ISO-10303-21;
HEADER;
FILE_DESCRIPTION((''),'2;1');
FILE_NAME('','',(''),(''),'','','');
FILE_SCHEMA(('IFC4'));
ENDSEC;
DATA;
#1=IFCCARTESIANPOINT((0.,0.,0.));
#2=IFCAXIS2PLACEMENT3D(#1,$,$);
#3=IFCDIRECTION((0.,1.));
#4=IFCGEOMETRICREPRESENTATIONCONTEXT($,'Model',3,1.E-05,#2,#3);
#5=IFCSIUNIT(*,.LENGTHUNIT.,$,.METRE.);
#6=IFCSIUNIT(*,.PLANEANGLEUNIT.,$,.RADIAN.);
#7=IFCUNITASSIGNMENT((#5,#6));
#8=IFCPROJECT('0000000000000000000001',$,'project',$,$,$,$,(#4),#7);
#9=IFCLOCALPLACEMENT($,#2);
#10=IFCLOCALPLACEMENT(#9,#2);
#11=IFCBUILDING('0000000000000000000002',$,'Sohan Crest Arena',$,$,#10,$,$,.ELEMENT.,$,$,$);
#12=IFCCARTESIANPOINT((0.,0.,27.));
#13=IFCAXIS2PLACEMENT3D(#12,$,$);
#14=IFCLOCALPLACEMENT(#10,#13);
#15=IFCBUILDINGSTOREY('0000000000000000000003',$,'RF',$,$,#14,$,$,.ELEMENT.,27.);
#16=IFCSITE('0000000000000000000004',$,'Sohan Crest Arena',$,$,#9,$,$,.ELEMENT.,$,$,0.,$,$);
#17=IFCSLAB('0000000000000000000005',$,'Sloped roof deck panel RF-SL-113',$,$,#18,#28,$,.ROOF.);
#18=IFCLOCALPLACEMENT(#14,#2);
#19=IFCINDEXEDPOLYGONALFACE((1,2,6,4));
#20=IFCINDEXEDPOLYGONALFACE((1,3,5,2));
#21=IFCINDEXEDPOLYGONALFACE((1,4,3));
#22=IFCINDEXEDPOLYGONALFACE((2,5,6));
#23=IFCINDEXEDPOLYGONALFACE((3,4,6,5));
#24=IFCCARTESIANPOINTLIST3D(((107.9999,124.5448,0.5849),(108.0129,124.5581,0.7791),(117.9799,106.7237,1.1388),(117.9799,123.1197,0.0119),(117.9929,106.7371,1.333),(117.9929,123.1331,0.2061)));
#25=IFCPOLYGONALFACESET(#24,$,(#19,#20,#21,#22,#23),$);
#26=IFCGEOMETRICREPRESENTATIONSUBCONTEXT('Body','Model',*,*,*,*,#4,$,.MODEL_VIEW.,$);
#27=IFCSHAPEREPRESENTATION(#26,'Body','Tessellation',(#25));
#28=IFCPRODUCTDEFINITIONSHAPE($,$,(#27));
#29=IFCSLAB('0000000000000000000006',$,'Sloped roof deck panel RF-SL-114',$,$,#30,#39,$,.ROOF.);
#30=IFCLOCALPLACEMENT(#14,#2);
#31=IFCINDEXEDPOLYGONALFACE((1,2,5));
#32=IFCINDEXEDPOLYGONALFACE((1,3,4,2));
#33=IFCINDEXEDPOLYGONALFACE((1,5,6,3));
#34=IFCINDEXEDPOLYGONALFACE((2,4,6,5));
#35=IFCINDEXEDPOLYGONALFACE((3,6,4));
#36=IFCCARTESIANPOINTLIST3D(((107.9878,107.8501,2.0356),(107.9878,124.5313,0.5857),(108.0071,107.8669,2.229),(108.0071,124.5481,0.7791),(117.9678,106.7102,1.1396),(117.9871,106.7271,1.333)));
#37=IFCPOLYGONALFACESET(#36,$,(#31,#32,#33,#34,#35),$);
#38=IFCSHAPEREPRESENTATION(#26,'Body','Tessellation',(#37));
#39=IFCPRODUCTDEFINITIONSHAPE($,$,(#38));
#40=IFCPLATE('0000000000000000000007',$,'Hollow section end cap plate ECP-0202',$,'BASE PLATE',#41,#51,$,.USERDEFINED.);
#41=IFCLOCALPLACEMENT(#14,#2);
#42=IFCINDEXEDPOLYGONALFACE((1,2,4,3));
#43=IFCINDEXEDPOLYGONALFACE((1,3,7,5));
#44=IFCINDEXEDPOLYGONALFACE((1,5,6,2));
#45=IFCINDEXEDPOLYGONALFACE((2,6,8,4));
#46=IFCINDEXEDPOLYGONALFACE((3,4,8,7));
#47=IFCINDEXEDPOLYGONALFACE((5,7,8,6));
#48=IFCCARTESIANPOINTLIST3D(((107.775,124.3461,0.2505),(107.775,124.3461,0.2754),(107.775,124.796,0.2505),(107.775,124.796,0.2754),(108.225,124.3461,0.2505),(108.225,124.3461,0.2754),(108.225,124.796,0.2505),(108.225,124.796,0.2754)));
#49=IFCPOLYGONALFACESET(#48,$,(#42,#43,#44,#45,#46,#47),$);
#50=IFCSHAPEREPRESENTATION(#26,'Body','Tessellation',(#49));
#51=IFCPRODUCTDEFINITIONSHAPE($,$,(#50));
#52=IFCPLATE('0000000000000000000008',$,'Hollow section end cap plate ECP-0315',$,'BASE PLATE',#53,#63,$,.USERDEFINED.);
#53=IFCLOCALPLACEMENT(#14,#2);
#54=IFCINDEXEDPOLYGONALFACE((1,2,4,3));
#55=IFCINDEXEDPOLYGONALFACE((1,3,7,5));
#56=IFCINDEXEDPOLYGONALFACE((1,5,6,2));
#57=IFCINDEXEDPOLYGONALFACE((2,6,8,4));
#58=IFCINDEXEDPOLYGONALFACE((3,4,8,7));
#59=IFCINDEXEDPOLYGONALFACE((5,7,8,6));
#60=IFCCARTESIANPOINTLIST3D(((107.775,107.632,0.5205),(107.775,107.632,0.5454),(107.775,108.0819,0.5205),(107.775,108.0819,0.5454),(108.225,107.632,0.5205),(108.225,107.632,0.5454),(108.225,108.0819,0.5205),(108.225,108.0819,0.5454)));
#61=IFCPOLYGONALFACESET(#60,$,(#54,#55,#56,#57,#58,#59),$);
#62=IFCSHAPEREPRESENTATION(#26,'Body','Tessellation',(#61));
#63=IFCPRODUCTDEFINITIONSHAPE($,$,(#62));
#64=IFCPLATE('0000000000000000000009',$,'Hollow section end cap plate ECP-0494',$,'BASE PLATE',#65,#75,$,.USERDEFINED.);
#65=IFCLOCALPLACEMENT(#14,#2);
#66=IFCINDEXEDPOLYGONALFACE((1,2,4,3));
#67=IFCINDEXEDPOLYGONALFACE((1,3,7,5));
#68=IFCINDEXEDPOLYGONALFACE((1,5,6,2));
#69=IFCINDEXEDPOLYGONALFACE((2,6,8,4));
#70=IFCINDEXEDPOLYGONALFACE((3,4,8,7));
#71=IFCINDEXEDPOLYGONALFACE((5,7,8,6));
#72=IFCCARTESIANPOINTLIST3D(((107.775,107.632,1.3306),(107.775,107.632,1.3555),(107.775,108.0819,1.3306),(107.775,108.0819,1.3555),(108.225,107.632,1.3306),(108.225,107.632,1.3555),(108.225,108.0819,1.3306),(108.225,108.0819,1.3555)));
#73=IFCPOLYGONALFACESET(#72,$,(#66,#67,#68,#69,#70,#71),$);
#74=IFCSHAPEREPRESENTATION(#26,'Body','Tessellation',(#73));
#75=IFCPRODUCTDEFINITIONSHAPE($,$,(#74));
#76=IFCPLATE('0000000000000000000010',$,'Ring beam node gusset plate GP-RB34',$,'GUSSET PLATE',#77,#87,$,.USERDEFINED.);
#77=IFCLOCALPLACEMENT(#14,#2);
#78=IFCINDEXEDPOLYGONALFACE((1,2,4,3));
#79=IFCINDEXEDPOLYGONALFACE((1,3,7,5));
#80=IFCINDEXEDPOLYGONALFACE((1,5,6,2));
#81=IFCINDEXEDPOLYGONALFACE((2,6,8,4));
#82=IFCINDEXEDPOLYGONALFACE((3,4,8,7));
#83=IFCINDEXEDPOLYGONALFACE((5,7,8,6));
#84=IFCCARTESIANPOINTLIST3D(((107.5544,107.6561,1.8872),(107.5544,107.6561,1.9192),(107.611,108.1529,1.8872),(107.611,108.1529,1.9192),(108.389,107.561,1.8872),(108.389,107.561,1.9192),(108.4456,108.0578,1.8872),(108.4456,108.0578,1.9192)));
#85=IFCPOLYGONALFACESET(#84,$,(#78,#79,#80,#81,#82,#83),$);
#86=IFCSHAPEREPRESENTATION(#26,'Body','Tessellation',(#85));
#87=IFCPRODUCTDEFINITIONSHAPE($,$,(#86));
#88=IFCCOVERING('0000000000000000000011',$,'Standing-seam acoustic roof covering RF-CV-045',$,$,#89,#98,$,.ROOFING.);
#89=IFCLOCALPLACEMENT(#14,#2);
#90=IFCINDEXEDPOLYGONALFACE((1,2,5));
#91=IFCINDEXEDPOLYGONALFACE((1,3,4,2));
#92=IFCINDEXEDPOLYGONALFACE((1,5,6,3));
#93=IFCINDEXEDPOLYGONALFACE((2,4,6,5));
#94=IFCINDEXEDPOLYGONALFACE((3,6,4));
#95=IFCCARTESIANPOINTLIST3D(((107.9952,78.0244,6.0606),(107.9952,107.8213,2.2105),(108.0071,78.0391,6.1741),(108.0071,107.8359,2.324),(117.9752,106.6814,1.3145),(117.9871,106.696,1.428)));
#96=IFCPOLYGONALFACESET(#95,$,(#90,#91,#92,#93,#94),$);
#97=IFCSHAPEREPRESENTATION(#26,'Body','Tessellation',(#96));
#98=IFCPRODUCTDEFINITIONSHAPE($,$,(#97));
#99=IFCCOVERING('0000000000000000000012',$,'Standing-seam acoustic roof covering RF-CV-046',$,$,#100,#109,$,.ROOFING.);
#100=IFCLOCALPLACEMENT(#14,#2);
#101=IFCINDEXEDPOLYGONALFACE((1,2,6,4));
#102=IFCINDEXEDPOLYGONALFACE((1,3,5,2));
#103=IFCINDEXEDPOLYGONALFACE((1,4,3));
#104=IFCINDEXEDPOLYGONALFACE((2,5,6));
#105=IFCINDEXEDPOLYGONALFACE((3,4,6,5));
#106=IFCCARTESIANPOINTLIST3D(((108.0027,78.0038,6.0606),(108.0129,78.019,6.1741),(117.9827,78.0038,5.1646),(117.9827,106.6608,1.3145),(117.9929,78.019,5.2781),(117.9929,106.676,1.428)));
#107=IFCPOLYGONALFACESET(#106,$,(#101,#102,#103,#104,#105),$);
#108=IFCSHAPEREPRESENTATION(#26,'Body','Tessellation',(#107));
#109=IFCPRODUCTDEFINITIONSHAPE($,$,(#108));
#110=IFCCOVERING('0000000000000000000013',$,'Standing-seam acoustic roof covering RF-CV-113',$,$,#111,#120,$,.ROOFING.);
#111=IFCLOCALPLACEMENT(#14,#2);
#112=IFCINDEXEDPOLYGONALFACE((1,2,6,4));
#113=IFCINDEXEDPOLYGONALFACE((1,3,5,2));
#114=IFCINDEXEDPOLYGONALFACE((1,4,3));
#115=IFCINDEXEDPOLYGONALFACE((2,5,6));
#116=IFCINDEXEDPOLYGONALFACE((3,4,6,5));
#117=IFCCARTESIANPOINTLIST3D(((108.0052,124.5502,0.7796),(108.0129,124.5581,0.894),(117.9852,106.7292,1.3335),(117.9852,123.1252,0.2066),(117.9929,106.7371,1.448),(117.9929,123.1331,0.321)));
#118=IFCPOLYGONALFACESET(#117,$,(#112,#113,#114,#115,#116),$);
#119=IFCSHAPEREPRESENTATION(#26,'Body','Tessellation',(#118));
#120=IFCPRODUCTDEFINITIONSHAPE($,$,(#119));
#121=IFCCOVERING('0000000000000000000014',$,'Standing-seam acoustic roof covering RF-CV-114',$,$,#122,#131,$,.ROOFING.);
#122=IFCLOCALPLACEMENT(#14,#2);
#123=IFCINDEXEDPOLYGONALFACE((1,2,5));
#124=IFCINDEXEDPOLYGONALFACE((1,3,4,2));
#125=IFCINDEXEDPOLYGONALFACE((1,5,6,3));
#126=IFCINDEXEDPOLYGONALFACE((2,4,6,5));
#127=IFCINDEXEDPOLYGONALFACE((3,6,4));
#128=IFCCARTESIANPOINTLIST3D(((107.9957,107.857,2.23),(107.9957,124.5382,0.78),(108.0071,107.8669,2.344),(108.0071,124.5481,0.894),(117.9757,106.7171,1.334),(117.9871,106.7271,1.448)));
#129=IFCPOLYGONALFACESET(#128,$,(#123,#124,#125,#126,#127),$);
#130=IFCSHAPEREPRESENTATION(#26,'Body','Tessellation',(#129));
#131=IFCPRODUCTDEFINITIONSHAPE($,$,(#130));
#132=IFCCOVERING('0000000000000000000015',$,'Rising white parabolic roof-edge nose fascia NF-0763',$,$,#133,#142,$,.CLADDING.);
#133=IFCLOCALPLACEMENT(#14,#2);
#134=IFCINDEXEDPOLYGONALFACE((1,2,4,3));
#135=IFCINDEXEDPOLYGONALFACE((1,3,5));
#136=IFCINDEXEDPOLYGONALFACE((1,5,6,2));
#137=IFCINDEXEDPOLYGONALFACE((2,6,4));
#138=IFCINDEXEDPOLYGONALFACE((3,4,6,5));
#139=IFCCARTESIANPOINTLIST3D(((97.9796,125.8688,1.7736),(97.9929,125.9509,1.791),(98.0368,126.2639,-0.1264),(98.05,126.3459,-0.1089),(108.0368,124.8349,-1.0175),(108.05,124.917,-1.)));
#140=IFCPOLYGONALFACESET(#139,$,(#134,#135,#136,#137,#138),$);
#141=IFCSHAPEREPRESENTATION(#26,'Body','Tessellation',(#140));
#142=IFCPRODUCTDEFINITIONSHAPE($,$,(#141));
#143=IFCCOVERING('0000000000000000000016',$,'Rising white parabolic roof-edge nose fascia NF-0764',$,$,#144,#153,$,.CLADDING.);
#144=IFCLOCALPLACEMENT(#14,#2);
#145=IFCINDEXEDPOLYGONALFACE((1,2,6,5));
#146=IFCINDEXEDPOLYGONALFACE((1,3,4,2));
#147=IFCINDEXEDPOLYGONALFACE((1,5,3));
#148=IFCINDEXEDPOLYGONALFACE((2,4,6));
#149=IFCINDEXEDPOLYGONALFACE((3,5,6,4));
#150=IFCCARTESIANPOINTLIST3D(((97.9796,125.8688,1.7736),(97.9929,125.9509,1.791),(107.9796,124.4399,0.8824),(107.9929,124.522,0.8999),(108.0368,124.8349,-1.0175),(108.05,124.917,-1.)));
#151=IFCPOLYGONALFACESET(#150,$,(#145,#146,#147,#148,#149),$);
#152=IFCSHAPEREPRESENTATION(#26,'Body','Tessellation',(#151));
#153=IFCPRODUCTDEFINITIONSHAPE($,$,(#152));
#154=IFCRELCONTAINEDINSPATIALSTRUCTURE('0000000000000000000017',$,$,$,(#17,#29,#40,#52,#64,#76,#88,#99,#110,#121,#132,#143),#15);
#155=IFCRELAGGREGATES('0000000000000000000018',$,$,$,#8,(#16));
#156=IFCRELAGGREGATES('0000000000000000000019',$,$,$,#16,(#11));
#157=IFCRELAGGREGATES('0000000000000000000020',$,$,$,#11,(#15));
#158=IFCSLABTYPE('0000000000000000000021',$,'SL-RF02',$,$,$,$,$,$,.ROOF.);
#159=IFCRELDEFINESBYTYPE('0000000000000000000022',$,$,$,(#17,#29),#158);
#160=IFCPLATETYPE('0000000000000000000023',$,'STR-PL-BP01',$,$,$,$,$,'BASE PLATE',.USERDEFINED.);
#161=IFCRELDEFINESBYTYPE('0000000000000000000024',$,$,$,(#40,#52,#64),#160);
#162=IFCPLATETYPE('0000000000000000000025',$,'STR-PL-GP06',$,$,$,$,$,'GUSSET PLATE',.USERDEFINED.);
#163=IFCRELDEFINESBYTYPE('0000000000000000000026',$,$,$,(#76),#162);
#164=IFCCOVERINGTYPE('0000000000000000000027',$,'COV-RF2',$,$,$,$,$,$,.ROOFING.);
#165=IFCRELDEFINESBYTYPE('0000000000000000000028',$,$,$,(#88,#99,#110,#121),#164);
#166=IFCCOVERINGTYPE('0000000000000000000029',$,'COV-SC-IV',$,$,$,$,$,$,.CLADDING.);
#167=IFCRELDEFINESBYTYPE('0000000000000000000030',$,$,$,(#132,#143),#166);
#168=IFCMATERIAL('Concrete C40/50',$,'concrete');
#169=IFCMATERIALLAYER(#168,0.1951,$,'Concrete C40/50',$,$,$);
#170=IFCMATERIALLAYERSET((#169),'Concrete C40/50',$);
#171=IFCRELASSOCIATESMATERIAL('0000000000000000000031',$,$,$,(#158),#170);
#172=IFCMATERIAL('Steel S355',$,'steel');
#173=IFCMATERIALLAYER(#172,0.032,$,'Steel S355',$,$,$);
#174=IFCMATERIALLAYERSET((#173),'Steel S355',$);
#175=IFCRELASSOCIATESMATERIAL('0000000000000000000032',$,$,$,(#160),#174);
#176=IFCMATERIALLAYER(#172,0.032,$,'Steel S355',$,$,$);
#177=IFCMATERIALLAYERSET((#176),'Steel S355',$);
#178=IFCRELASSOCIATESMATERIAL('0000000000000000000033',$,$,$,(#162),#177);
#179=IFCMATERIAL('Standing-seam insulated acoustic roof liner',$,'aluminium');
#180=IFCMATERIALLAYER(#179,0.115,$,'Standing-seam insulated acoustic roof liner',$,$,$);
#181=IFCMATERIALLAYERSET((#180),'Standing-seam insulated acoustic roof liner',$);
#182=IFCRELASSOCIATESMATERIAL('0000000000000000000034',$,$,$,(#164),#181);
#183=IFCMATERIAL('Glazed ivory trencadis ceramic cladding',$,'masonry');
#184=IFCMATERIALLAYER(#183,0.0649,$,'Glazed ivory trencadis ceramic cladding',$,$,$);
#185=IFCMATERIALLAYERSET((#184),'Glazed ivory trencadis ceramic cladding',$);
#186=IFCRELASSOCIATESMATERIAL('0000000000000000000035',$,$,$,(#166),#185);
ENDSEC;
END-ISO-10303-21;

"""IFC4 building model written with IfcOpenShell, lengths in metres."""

from ifc_helpers import new_model, si_unit, direction, frame, origin, origin_2d, place, context, subcontext, project, spatial, polyline, rectangle, outline, extrude, material, layer, layer_set, type_object, element, save


model = new_model("IFC4")

# Units and contexts
model_context = context("Model", 3, precision=1e-05, world=origin(), true_north=direction((0.0, 1.0)))
body_context = subcontext(model_context, "Body", "Model", "MODEL_VIEW")
ifc_project = project(units=[si_unit("LENGTHUNIT", "METRE"), si_unit("PLANEANGLEUNIT", "RADIAN")], contexts=[model_context])

# Site, building, storey
site_placement = place(None, origin())
site = spatial("IfcSite", under=ifc_project, at=site_placement, Name="Sohan Crest Arena", CompositionType="ELEMENT", RefElevation=0.0)
building_placement = place(site_placement, origin())
building = spatial("IfcBuilding", under=site, at=building_placement, Name="Sohan Crest Arena", CompositionType="ELEMENT")
storey_placement = place(building_placement, frame((0.0, 0.0, 27.0)))
storey = spatial("IfcBuildingStorey", under=building, at=storey_placement, Name="RF", CompositionType="ELEMENT", Elevation=27.0)

# Shared definitions
ifc_material_1 = material(Name="Concrete C40/50", Category="concrete")
ifc_material_2 = material(Name="Steel S355", Category="steel")

# Slabs
ifc_layer_1 = layer(ifc_material_1, 0.1951, Name="Concrete C40/50")
ifc_layer_set_1 = layer_set([ifc_layer_1], Name="Concrete C40/50")
slab_type_1 = type_object("IfcSlabType", Name="SL-RF02", PredefinedType="ROOF", material=ifc_layer_set_1)
slab_1_placement = place(storey_placement, frame((117.9929, 106.7371, 1.333), z_axis=(0.066921, 0.068418, 0.99541), x_axis=(0.0, 0.997646, -0.068572)))
element("IfcSlab", 1, at=slab_1_placement, inside=storey, type_object=slab_type_1, Name="Sloped roof deck panel RF-SL-113", PredefinedType="ROOF", context=body_context, shape_type="SweptSolid", body=[
    extrude(outline(polyline([(0.0, 0.0), (16.4347, 0.0), (17.8171, 10.0024), (0.0, 0.0)])), origin(), (0.0, 0.0, -1.0), 0.1951),
])
slab_2_placement = place(storey_placement, frame((117.9871, 106.7271, 1.333), z_axis=(0.098846, 0.086171, 0.991365), x_axis=(-0.488431, 0.872181, -0.027111)))
element("IfcSlab", 2, at=slab_2_placement, inside=storey, type_object=slab_type_1, Name="Sloped roof deck panel RF-SL-114", PredefinedType="ROOF", context=body_context, shape_type="SweptSolid", body=[
    extrude(outline(polyline([(0.0, 0.0), (20.4327, 0.0), (5.8444, 8.2186), (0.0, 0.0)])), origin(), (0.0, 0.0, -1.0), 0.1951),
])

# Plates
ifc_layer_2 = layer(ifc_material_2, 0.032, Name="Steel S355")
ifc_layer_set_2 = layer_set([ifc_layer_2], Name="Steel S355")
plate_type_1 = type_object("IfcPlateType", Name="STR-PL-BP01", ElementType="BASE PLATE", PredefinedType="USERDEFINED", material=ifc_layer_set_2)
for number, where, z_axis, x_axis, name in (
    (3, (108.0, 124.571, 0.2505), (0.0, 0.0, 1.0), (1.0, 0.0, 0.0), "Hollow section end cap plate ECP-0202"),
    (4, (108.0, 107.8569, 0.5205), (0.0, 0.0, 1.0), (1.0, 0.0, 0.0), "Hollow section end cap plate ECP-0315"),
    (5, (108.0, 107.8569, 1.3306), (0.0, 0.0, 1.0), (1.0, 0.0, 0.0), "Hollow section end cap plate ECP-0494"),
):
    element("IfcPlate", number, at=place(storey_placement, frame(where, z_axis=z_axis, x_axis=x_axis)), inside=storey, type_object=plate_type_1, Name=name, ObjectType="BASE PLATE", PredefinedType="USERDEFINED", context=body_context, shape_type="SweptSolid", body=[
        extrude(rectangle(XDim=0.45, YDim=0.45, at=origin_2d()), origin(), (0.0, 0.0, 1.0), 0.0249),
    ])
ifc_layer_3 = layer(ifc_material_2, 0.032, Name="Steel S355")
ifc_layer_set_3 = layer_set([ifc_layer_3], Name="Steel S355")
plate_type_2 = type_object("IfcPlateType", Name="STR-PL-GP06", ElementType="GUSSET PLATE", PredefinedType="USERDEFINED", material=ifc_layer_set_3)
plate_placement = place(storey_placement, frame((108.0, 107.8569, 1.8872), z_axis=(0.0, 0.0, 1.0), x_axis=(-0.993572, 0.113203, 0.0)))
element("IfcPlate", 6, at=plate_placement, inside=storey, type_object=plate_type_2, Name="Ring beam node gusset plate GP-RB34", ObjectType="GUSSET PLATE", PredefinedType="USERDEFINED", context=body_context, shape_type="SweptSolid", body=[
    extrude(rectangle(XDim=0.8401, YDim=0.5, at=origin_2d()), origin(), (0.0, 0.0, 1.0), 0.032),
])

# Coverings
ifc_material_3 = material(Name="Standing-seam insulated acoustic roof liner", Category="aluminium")
ifc_layer_4 = layer(ifc_material_3, 0.115, Name="Standing-seam insulated acoustic roof liner")
ifc_layer_set_4 = layer_set([ifc_layer_4], Name="Standing-seam insulated acoustic roof liner")
covering_type_1 = type_object("IfcCoveringType", Name="COV-RF2", PredefinedType="ROOFING", material=ifc_layer_set_4)
covering_1_placement = place(storey_placement, frame((117.9871, 106.696, 1.428), z_axis=(0.103123, 0.127463, 0.986468), x_axis=(-0.989611, 0.113031, 0.088847)))
element("IfcCovering", 7, at=covering_1_placement, inside=storey, type_object=covering_type_1, Name="Standing-seam acoustic roof covering RF-CV-045", PredefinedType="ROOFING", context=body_context, shape_type="SweptSolid", body=[
    extrude(outline(polyline([(0.0, 0.0), (10.0847, 0.0), (7.0588, 29.8918), (0.0, 0.0)])), origin(), (0.0, 0.0, -1.0), 0.115),
])
covering_2_placement = place(storey_placement, frame((117.9929, 106.676, 1.428), z_axis=(0.08863, 0.132631, 0.987195), x_axis=(-0.324933, -0.933028, 0.154526)))
element("IfcCovering", 8, at=covering_2_placement, inside=storey, type_object=covering_type_1, Name="Standing-seam acoustic roof covering RF-CV-046", PredefinedType="ROOFING", context=body_context, shape_type="SweptSolid", body=[
    extrude(outline(polyline([(0.0, 0.0), (30.714, 0.0), (27.3327, 9.4324), (0.0, 0.0)])), origin(), (0.0, 0.0, -1.0), 0.115),
])
covering_3_placement = place(storey_placement, frame((117.9929, 106.7371, 1.448), z_axis=(0.066921, 0.068418, 0.99541), x_axis=(0.0, 0.997646, -0.068572)))
element("IfcCovering", 9, at=covering_3_placement, inside=storey, type_object=covering_type_1, Name="Standing-seam acoustic roof covering RF-CV-113", PredefinedType="ROOFING", context=body_context, shape_type="SweptSolid", body=[
    extrude(outline(polyline([(0.0, 0.0), (16.4347, 0.0), (17.8171, 10.0024), (0.0, 0.0)])), origin(), (0.0, 0.0, -1.0), 0.115),
])
covering_4_placement = place(storey_placement, frame((117.9871, 106.7271, 1.448), z_axis=(0.098846, 0.086171, 0.991365), x_axis=(-0.488431, 0.872181, -0.027111)))
element("IfcCovering", 10, at=covering_4_placement, inside=storey, type_object=covering_type_1, Name="Standing-seam acoustic roof covering RF-CV-114", PredefinedType="ROOFING", context=body_context, shape_type="SweptSolid", body=[
    extrude(outline(polyline([(0.0, 0.0), (20.4327, 0.0), (5.8444, 8.2186), (0.0, 0.0)])), origin(), (0.0, 0.0, -1.0), 0.115),
])
ifc_material_4 = material(Name="Glazed ivory trencadis ceramic cladding", Category="masonry")
ifc_layer_5 = layer(ifc_material_4, 0.0649, Name="Glazed ivory trencadis ceramic cladding")
ifc_layer_set_5 = layer_set([ifc_layer_5], Name="Glazed ivory trencadis ceramic cladding")
covering_type_2 = type_object("IfcCoveringType", Name="COV-SC-IV", PredefinedType="CLADDING", material=ifc_layer_set_5)
covering_5_placement = place(storey_placement, frame((108.05, 124.917, -1.0), z_axis=(0.156365, 0.966071, 0.205563), x_axis=(-0.986115, 0.140911, 0.087874)))
element("IfcCovering", 11, at=covering_5_placement, inside=storey, type_object=covering_type_2, Name="Rising white parabolic roof-edge nose fascia NF-0763", PredefinedType="CLADDING", context=body_context, shape_type="SweptSolid", body=[
    extrude(outline(polyline([(0.0, 0.0), (10.1408, 0.0), (10.3084, 1.9341), (0.0, 0.0)])), origin(), (0.0, 0.0, -1.0), 0.085),
])
covering_6_placement = place(storey_placement, frame((108.05, 124.917, -1.0), z_axis=(0.156365, 0.966071, 0.205563), x_axis=(-0.958889, 0.09858, 0.266107)))
element("IfcCovering", 12, at=covering_6_placement, inside=storey, type_object=covering_type_2, Name="Rising white parabolic roof-edge nose fascia NF-0764", PredefinedType="CLADDING", context=body_context, shape_type="SweptSolid", body=[
    extrude(outline(polyline([(0.0, 0.0), (10.4883, 0.0), (0.5214, 1.87), (0.0, 0.0)])), origin(), (0.0, 0.0, -1.0), 0.085),
])

save(model, "model.ifc")
